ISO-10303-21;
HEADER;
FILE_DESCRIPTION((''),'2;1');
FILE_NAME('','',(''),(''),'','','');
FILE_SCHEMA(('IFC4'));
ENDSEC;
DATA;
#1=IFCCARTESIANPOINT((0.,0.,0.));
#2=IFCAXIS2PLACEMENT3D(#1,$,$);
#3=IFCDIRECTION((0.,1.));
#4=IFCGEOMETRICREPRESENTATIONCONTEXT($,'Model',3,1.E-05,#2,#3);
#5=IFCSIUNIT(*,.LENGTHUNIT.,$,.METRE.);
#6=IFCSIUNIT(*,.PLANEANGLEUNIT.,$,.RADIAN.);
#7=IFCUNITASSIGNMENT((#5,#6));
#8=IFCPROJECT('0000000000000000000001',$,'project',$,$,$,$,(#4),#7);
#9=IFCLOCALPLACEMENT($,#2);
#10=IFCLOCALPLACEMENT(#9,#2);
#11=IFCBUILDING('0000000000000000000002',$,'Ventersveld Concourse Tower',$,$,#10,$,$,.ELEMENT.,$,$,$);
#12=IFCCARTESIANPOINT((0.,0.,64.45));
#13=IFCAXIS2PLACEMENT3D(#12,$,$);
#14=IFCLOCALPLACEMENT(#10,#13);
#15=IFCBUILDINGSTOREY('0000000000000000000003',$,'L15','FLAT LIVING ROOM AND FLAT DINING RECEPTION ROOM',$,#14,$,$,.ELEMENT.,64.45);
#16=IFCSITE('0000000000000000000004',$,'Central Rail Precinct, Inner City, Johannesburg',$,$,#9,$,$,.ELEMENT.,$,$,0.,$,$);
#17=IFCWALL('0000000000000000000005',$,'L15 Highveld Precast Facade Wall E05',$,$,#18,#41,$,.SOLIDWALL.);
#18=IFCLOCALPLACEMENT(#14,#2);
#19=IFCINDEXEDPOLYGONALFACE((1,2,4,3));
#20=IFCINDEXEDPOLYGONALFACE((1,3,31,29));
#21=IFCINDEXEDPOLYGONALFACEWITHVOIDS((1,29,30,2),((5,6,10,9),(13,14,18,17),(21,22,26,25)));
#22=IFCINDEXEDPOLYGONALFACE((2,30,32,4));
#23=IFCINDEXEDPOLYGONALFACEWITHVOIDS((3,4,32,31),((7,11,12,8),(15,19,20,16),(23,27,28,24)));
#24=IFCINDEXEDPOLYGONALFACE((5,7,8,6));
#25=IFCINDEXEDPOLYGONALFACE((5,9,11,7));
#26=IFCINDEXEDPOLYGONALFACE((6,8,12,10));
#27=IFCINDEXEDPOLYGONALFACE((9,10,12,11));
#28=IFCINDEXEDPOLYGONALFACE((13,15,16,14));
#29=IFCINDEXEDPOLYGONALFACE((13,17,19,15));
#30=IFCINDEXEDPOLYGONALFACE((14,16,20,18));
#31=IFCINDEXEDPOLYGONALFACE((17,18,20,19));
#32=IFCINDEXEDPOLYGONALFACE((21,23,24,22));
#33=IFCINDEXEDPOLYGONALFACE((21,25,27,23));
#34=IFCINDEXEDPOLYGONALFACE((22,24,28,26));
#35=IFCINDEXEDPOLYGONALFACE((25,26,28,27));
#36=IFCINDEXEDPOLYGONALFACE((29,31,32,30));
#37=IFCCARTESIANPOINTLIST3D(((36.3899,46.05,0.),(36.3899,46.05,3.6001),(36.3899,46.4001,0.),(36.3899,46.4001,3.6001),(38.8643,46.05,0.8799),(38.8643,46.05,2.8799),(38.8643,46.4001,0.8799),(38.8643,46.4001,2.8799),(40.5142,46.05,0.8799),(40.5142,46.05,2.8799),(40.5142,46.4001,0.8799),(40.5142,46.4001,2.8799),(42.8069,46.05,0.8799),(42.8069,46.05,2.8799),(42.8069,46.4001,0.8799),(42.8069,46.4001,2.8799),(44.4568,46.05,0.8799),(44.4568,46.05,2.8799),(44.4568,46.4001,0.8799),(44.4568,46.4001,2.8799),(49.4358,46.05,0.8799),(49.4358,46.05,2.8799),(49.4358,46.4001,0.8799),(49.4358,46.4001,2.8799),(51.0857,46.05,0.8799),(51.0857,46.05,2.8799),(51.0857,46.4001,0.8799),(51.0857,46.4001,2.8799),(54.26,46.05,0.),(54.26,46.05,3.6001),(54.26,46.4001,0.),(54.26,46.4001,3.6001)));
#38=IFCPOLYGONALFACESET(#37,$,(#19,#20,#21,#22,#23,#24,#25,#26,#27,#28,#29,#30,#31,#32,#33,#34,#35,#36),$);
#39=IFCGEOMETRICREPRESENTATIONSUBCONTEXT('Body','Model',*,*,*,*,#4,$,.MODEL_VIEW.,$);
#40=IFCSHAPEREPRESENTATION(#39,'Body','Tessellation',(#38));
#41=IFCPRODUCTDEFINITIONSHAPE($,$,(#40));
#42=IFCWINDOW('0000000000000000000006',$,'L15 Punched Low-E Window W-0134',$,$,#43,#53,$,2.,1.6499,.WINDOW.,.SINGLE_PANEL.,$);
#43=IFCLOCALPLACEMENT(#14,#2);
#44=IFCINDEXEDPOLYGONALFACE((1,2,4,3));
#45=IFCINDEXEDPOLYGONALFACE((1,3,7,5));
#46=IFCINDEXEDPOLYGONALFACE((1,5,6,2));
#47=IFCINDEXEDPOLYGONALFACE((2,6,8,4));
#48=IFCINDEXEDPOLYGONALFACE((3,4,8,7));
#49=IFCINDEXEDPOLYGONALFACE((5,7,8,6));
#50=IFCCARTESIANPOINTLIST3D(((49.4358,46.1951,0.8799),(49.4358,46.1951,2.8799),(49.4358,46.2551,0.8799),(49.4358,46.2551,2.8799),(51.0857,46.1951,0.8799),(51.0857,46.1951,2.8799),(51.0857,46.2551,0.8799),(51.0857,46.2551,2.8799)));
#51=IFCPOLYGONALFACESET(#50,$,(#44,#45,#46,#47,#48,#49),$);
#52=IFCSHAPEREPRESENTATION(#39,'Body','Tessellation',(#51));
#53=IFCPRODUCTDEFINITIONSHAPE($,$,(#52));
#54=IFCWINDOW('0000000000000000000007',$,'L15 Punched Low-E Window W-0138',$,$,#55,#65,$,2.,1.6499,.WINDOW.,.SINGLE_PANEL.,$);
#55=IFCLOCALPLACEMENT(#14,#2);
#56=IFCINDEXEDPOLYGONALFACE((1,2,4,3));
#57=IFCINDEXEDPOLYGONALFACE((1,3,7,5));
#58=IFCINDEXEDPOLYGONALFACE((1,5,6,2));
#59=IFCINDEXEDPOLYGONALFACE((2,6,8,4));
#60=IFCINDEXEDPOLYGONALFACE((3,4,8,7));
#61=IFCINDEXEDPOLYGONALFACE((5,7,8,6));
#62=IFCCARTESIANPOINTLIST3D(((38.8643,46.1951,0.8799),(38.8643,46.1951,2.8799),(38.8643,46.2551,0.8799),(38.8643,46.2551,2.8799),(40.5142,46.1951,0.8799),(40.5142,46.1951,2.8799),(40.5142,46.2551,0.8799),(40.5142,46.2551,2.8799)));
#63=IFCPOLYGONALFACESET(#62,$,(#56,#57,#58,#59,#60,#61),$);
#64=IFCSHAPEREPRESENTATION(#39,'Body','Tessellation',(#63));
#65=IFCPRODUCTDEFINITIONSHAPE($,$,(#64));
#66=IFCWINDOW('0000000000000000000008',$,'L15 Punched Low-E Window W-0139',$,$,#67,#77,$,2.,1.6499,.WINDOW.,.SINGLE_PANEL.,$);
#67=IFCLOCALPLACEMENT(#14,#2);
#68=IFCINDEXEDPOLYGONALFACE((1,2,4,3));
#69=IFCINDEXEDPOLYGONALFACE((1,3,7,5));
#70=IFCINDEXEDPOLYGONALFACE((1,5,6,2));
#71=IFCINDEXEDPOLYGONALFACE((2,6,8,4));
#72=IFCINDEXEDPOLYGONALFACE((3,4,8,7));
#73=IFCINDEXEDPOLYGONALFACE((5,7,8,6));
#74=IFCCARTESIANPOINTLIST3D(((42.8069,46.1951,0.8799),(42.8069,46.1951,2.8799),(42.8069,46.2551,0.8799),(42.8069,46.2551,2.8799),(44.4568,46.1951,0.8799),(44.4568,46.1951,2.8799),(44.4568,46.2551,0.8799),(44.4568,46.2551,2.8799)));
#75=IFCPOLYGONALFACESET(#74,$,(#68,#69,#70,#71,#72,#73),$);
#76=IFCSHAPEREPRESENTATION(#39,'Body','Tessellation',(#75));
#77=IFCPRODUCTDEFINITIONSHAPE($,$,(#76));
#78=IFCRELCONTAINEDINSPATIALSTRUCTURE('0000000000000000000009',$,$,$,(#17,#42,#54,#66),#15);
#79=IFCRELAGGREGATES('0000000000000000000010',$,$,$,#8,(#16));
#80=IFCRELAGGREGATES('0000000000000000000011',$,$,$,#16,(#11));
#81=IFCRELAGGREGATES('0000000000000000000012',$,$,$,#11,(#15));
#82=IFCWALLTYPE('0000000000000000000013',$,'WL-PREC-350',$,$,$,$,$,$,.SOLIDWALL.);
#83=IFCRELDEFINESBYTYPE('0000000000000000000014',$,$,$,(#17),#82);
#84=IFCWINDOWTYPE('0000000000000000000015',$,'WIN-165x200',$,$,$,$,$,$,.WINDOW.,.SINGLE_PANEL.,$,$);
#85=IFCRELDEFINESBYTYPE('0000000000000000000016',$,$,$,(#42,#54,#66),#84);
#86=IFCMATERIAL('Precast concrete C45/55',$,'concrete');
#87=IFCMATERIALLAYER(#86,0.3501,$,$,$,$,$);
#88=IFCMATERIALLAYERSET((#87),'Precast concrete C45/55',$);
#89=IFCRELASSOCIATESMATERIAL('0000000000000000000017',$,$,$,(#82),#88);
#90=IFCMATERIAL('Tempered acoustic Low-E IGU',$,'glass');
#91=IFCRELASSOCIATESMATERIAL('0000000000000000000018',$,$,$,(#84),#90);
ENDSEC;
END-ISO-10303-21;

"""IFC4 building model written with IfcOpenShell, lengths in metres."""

from ifc_helpers import new_model, si_unit, direction, frame, frame_2d, origin, place, context, subcontext, project, spatial, rectangle, extrude, material, layer, layer_set, type_object, element, fill, save


model = new_model("IFC4")

# Units and contexts
model_context = context("Model", 3, precision=1e-05, world=origin(), true_north=direction((0.0, 1.0)))
body_context = subcontext(model_context, "Body", "Model", "MODEL_VIEW")
ifc_project = project(units=[si_unit("LENGTHUNIT", "METRE"), si_unit("PLANEANGLEUNIT", "RADIAN")], contexts=[model_context])

# Site, building, storey
site_placement = place(None, origin())
site = spatial("IfcSite", under=ifc_project, at=site_placement, Name="Central Rail Precinct, Inner City, Johannesburg", CompositionType="ELEMENT", RefElevation=0.0)
building_placement = place(site_placement, origin())
building = spatial("IfcBuilding", under=site, at=building_placement, Name="Ventersveld Concourse Tower", CompositionType="ELEMENT")
storey_placement = place(building_placement, frame((0.0, 0.0, 64.45)))
storey = spatial("IfcBuildingStorey", under=building, at=storey_placement, Name="L15", Description="FLAT LIVING ROOM AND FLAT DINING RECEPTION ROOM", CompositionType="ELEMENT", Elevation=64.45)

# Shared definitions
ifc_material_1 = material(Name="Precast concrete C45/55", Category="concrete")
ifc_layer_1 = layer(ifc_material_1, 0.3501)
ifc_layer_set_1 = layer_set([ifc_layer_1], Name="Precast concrete C45/55")
wall_type_1 = type_object("IfcWallType", Name="WL-PREC-350", PredefinedType="SOLIDWALL", material=ifc_layer_set_1)

# Wall, openings, windows
wall_1_placement = place(storey_placement, frame((54.26, 46.2251, 0.0), z_axis=(0.0, 0.0, 1.0), x_axis=(-1.0, 0.0, 0.0)))
wall_1 = element("IfcWall", 1, at=wall_1_placement, inside=storey, type_object=wall_type_1, Name="L15 Highveld Precast Facade Wall E05", PredefinedType="SOLIDWALL", context=body_context, shape_type="SweptSolid", body=[
    extrude(rectangle(XDim=17.8701, YDim=0.3501, at=frame_2d((8.9351, 0.0))), origin(), (0.0, 0.0, 1.0), 3.6001),
])
opening_1_placement = place(wall_1_placement, frame((3.1743, 0.0, 0.8799)))
opening_1 = element("IfcOpeningElement", 2, at=opening_1_placement, cuts=wall_1, PredefinedType="OPENING", context=body_context, shape_type="SweptSolid", body=[
    extrude(rectangle(XDim=1.6499, YDim=2.0, at=frame_2d((0.825, 1.0))), frame((0.0, 0.1851, 0.0), z_axis=(0.0, -1.0, 0.0), x_axis=(1.0, 0.0, 0.0)), (0.0, 0.0, 1.0), 0.3701),
])
opening_2_placement = place(wall_1_placement, frame((13.7458, 0.0, 0.8799)))
opening_2 = element("IfcOpeningElement", 3, at=opening_2_placement, cuts=wall_1, PredefinedType="OPENING", context=body_context, shape_type="SweptSolid", body=[
    extrude(rectangle(XDim=1.6499, YDim=2.0, at=frame_2d((0.825, 1.0))), frame((0.0, 0.1851, 0.0), z_axis=(0.0, -1.0, 0.0), x_axis=(1.0, 0.0, 0.0)), (0.0, 0.0, 1.0), 0.3701),
])
opening_3_placement = place(wall_1_placement, frame((9.8032, 0.0, 0.8799)))
opening_3 = element("IfcOpeningElement", 4, at=opening_3_placement, cuts=wall_1, PredefinedType="OPENING", context=body_context, shape_type="SweptSolid", body=[
    extrude(rectangle(XDim=1.6499, YDim=2.0, at=frame_2d((0.825, 1.0))), frame((0.0, 0.1851, 0.0), z_axis=(0.0, -1.0, 0.0), x_axis=(1.0, 0.0, 0.0)), (0.0, 0.0, 1.0), 0.3701),
])
ifc_material_2 = material(Name="Tempered acoustic Low-E IGU", Category="glass")
window_type = type_object("IfcWindowType", Name="WIN-165x200", PartitioningType="SINGLE_PANEL", PredefinedType="WINDOW", material=ifc_material_2)
window_1_placement = place(opening_1_placement, origin())
window_1 = element("IfcWindow", 5, at=window_1_placement, inside=storey, type_object=window_type, Name="L15 Punched Low-E Window W-0134", OverallHeight=2.0, OverallWidth=1.6499, PartitioningType="SINGLE_PANEL", PredefinedType="WINDOW", context=body_context, shape_type="SweptSolid", body=[
    extrude(rectangle(XDim=1.6499, YDim=2.0, at=frame_2d((0.825, 1.0))), frame((0.0, 0.03, 0.0), z_axis=(0.0, -1.0, 0.0), x_axis=(1.0, 0.0, 0.0)), (0.0, 0.0, 1.0), 0.0601),
])
fill(opening_1, window_1)
window_2_placement = place(opening_2_placement, origin())
window_2 = element("IfcWindow", 6, at=window_2_placement, inside=storey, type_object=window_type, Name="L15 Punched Low-E Window W-0138", OverallHeight=2.0, OverallWidth=1.6499, PartitioningType="SINGLE_PANEL", PredefinedType="WINDOW", context=body_context, shape_type="SweptSolid", body=[
    extrude(rectangle(XDim=1.6499, YDim=2.0, at=frame_2d((0.825, 1.0))), frame((0.0, 0.03, 0.0), z_axis=(0.0, -1.0, 0.0), x_axis=(1.0, 0.0, 0.0)), (0.0, 0.0, 1.0), 0.0601),
])
fill(opening_2, window_2)
window_3_placement = place(opening_3_placement, origin())
window_3 = element("IfcWindow", 7, at=window_3_placement, inside=storey, type_object=window_type, Name="L15 Punched Low-E Window W-0139", OverallHeight=2.0, OverallWidth=1.6499, PartitioningType="SINGLE_PANEL", PredefinedType="WINDOW", context=body_context, shape_type="SweptSolid", body=[
    extrude(rectangle(XDim=1.6499, YDim=2.0, at=frame_2d((0.825, 1.0))), frame((0.0, 0.03, 0.0), z_axis=(0.0, -1.0, 0.0), x_axis=(1.0, 0.0, 0.0)), (0.0, 0.0, 1.0), 0.0601),
])
fill(opening_3, window_3)

save(model, "model.ifc")
